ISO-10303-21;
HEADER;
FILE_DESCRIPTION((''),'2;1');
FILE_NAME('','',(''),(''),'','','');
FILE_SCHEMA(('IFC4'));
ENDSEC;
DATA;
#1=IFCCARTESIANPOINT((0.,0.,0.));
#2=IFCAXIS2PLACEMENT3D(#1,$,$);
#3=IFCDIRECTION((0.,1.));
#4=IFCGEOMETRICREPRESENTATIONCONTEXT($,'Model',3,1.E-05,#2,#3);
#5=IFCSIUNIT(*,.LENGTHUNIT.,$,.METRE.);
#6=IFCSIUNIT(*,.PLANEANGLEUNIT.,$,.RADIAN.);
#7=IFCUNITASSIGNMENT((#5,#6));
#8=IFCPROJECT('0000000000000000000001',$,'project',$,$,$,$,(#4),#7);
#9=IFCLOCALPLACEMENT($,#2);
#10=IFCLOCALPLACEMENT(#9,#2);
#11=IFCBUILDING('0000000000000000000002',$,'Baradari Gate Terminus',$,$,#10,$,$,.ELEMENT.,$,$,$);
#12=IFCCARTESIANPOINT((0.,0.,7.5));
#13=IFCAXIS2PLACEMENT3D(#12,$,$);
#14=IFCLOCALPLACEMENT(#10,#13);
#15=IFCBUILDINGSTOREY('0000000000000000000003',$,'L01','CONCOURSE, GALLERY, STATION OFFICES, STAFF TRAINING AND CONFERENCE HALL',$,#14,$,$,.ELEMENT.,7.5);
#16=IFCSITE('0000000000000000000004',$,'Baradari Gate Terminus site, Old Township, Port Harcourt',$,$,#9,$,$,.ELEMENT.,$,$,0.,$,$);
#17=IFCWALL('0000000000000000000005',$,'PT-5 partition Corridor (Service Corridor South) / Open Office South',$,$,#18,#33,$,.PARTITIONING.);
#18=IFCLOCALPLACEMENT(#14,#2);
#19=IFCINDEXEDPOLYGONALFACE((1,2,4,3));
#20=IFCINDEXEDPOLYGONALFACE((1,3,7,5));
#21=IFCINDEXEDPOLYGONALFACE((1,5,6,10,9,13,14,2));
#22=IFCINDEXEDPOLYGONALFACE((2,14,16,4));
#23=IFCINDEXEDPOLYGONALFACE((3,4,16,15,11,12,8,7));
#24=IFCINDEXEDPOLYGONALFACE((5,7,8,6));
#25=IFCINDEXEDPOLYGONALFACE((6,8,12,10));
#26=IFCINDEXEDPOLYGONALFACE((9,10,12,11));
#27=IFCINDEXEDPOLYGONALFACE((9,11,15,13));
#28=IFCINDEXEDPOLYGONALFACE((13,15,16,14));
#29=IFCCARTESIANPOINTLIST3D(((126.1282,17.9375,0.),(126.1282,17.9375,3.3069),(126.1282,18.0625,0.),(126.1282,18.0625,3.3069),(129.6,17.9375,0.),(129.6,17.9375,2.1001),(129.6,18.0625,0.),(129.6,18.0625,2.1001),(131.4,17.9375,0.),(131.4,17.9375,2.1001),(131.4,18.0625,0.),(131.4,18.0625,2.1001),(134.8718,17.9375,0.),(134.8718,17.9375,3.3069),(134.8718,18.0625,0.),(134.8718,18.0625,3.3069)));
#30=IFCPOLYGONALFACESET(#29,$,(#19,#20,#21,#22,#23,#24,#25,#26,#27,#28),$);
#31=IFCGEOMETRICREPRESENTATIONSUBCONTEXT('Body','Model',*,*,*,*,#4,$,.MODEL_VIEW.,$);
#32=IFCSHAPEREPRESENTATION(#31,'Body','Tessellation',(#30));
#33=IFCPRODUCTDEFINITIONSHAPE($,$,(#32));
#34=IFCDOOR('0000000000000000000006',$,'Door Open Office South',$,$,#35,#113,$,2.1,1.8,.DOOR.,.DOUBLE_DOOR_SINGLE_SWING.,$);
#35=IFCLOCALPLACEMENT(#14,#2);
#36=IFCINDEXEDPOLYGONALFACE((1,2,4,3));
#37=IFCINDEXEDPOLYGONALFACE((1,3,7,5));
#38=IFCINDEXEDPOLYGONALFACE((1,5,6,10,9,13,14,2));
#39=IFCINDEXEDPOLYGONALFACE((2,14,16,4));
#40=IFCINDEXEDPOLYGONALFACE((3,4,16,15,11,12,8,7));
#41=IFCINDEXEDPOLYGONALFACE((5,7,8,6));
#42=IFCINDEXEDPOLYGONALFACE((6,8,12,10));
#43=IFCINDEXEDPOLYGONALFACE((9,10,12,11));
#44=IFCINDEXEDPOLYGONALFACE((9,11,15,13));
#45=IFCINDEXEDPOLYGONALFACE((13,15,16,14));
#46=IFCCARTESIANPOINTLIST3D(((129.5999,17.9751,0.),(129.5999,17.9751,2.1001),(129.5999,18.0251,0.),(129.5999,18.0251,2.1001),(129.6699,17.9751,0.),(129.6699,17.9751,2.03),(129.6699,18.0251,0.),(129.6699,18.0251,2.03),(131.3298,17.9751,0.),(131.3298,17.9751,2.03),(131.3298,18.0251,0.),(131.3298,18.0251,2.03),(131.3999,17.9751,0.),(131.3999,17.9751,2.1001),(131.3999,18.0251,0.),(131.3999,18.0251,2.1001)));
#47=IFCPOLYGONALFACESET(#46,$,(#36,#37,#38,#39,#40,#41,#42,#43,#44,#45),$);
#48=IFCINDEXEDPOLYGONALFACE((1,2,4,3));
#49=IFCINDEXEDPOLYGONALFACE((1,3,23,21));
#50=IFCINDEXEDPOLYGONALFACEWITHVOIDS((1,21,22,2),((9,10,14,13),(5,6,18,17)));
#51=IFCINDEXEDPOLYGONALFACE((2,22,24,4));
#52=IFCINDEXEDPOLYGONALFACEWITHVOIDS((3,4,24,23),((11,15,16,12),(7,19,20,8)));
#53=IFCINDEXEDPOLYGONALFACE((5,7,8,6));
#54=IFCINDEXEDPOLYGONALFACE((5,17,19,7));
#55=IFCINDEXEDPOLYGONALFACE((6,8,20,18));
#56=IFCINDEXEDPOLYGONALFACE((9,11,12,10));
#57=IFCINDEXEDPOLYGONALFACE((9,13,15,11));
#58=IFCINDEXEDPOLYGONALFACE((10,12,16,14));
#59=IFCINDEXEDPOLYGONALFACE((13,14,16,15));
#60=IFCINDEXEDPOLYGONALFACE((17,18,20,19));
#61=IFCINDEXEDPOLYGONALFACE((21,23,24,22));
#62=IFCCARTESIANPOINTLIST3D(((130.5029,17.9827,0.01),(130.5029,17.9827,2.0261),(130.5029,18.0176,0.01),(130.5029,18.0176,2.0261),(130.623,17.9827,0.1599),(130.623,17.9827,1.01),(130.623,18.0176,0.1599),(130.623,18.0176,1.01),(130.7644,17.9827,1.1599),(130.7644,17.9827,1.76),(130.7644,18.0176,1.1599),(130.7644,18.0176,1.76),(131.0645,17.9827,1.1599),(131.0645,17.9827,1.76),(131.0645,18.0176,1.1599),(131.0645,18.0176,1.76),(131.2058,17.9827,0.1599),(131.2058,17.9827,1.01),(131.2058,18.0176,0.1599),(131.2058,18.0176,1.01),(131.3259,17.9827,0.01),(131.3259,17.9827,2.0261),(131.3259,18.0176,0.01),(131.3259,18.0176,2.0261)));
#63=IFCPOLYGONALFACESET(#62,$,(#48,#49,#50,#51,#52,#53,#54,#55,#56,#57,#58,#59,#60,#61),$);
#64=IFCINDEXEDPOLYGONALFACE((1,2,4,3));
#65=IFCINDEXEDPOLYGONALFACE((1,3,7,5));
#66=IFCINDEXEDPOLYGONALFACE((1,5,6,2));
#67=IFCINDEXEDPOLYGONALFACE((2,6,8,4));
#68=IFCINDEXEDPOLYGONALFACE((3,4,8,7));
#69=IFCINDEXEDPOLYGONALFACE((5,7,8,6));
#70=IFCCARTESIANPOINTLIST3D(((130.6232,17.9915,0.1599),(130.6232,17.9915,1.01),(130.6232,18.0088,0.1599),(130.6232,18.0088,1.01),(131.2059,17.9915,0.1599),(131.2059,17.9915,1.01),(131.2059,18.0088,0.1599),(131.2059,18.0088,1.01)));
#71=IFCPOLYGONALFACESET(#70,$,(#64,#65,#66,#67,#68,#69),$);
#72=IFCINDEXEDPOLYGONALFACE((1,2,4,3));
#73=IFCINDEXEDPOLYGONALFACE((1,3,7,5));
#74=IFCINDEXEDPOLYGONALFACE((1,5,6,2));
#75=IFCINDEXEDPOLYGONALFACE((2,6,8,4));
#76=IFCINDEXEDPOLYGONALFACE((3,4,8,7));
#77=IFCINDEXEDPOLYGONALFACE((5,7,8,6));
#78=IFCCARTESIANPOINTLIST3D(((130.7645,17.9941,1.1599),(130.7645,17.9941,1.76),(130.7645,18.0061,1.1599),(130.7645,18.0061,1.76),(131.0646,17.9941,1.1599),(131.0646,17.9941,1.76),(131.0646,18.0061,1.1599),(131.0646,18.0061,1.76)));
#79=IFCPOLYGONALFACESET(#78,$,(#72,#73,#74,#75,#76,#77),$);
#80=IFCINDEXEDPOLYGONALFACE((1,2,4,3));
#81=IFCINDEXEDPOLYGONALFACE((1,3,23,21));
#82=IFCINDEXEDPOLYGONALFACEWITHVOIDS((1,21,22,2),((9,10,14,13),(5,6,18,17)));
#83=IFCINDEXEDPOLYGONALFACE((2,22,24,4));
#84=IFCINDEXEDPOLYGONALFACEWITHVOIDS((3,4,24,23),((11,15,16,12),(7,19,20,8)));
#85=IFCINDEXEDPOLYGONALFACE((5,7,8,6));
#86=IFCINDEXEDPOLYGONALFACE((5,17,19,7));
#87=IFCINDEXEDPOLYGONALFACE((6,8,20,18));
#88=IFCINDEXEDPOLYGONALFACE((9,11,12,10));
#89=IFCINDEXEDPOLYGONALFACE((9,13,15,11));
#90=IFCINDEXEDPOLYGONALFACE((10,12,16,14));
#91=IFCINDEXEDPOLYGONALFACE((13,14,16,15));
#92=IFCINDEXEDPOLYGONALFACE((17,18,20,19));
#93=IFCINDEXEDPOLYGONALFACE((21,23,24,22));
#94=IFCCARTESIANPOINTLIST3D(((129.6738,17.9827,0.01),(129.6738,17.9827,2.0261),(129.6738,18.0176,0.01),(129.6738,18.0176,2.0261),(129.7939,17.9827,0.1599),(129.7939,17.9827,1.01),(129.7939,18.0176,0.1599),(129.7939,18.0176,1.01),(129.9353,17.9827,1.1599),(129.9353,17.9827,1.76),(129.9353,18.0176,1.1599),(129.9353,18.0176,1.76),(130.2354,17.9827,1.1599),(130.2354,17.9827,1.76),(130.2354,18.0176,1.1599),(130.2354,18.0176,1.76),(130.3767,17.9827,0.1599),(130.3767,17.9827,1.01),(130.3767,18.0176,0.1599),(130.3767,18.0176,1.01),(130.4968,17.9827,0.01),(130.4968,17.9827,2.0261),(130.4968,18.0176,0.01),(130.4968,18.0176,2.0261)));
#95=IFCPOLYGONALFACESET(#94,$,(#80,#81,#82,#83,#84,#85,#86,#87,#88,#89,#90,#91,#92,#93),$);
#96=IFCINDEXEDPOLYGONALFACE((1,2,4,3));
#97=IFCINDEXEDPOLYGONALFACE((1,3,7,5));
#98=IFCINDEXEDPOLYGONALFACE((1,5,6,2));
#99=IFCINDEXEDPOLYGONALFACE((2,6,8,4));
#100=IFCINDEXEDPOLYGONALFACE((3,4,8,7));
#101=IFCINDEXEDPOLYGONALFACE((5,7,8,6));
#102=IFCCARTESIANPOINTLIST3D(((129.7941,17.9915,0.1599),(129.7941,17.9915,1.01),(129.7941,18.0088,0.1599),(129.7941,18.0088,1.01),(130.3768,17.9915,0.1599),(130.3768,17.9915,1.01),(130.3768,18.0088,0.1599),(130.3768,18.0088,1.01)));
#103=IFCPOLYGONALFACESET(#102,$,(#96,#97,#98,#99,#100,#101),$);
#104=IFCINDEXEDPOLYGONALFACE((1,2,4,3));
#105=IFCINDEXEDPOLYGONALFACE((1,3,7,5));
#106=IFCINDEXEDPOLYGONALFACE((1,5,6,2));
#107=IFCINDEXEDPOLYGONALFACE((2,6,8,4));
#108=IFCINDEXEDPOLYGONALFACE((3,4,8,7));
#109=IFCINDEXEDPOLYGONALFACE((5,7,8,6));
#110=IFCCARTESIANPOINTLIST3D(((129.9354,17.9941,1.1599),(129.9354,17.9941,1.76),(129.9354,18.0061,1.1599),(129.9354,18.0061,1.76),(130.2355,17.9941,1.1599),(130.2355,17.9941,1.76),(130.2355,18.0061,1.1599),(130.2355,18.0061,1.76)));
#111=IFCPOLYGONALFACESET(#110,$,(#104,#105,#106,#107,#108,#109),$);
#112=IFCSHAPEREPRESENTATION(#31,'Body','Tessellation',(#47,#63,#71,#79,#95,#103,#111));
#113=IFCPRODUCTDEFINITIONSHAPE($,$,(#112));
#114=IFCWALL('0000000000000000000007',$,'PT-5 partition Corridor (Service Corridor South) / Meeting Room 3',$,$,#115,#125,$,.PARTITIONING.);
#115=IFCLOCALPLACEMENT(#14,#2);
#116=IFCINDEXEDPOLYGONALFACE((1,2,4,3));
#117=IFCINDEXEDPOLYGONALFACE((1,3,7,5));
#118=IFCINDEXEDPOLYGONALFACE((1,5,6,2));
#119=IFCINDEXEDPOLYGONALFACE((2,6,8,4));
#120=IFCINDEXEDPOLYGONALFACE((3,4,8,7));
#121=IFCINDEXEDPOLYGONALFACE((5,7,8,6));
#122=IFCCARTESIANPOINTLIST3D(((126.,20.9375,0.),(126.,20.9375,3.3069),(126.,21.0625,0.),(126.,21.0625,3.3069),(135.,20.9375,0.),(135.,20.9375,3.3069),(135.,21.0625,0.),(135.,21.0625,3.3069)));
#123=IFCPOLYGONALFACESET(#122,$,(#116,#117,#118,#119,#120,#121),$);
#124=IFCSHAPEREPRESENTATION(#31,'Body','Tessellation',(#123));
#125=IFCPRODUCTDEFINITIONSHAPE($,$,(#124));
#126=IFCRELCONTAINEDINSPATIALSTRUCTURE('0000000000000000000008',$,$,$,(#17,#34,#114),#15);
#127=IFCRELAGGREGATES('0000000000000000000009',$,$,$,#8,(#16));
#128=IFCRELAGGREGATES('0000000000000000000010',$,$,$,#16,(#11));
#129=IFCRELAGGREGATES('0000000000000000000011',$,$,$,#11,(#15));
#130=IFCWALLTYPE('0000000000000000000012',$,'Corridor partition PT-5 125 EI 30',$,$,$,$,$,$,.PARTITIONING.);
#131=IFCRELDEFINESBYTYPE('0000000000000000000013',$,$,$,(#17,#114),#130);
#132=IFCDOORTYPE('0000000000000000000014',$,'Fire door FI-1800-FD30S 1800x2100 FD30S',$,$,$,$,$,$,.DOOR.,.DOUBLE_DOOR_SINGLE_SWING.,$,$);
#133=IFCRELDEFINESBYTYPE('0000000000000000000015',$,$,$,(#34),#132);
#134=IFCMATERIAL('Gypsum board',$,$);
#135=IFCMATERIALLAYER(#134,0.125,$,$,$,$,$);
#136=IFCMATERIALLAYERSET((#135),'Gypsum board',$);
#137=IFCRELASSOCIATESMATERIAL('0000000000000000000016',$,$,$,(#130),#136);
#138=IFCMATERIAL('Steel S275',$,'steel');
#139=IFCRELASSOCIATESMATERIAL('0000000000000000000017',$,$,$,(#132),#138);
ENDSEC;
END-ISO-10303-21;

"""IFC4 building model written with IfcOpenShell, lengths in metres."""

from ifc_helpers import new_model, si_unit, direction, frame, frame_2d, origin, place, context, subcontext, project, spatial, polyline, rectangle, outline, extrude, material, layer, layer_set, type_object, element, fill, save


model = new_model("IFC4")

# Units and contexts
model_context = context("Model", 3, precision=1e-05, world=origin(), true_north=direction((0.0, 1.0)))
body_context = subcontext(model_context, "Body", "Model", "MODEL_VIEW")
ifc_project = project(units=[si_unit("LENGTHUNIT", "METRE"), si_unit("PLANEANGLEUNIT", "RADIAN")], contexts=[model_context])

# Site, building, storey
site_placement = place(None, origin())
site = spatial("IfcSite", under=ifc_project, at=site_placement, Name="Baradari Gate Terminus site, Old Township, Port Harcourt", CompositionType="ELEMENT", RefElevation=0.0)
building_placement = place(site_placement, origin())
building = spatial("IfcBuilding", under=site, at=building_placement, Name="Baradari Gate Terminus", CompositionType="ELEMENT")
storey_placement = place(building_placement, frame((0.0, 0.0, 7.5)))
storey = spatial("IfcBuildingStorey", under=building, at=storey_placement, Name="L01", Description="CONCOURSE, GALLERY, STATION OFFICES, STAFF TRAINING AND CONFERENCE HALL", CompositionType="ELEMENT", Elevation=7.5)

# Wall, opening, door
ifc_material_1 = material(Name="Gypsum board")
ifc_layer_1 = layer(ifc_material_1, 0.125)
ifc_layer_set_1 = layer_set([ifc_layer_1], Name="Gypsum board")
wall_type_1 = type_object("IfcWallType", Name="Corridor partition PT-5 125 EI 30", PredefinedType="PARTITIONING", material=ifc_layer_set_1)
wall_1_placement = place(storey_placement, frame((134.8718, 18.0, 0.0), z_axis=(0.0, 0.0, 1.0), x_axis=(-1.0, 0.0, 0.0)))
wall_1 = element("IfcWall", 1, at=wall_1_placement, inside=storey, type_object=wall_type_1, Name="PT-5 partition Corridor (Service Corridor South) / Open Office South", PredefinedType="PARTITIONING", context=body_context, shape_type="SweptSolid", body=[
    extrude(rectangle(XDim=8.7437, YDim=0.125, at=frame_2d((4.3718, 0.0))), origin(), (0.0, 0.0, 1.0), 3.3069),
])
opening_1_placement = place(wall_1_placement, frame((3.4719, 0.0, 0.0)))
opening_1 = element("IfcOpeningElement", 2, at=opening_1_placement, cuts=wall_1, PredefinedType="OPENING", context=body_context, shape_type="SweptSolid", body=[
    extrude(rectangle(XDim=1.8, YDim=2.1001, at=frame_2d((0.8999, 1.05))), frame((0.0, 0.0725, 0.0), z_axis=(0.0, -1.0, 0.0), x_axis=(1.0, 0.0, 0.0)), (0.0, 0.0, 1.0), 0.145),
])
ifc_material_2 = material(Name="Steel S275", Category="steel")
door_type = type_object("IfcDoorType", Name="Fire door FI-1800-FD30S 1800x2100 FD30S", OperationType="DOUBLE_DOOR_SINGLE_SWING", PredefinedType="DOOR", material=ifc_material_2)
door_placement = place(opening_1_placement, origin())
door = element("IfcDoor", 3, at=door_placement, inside=storey, type_object=door_type, Name="Door Open Office South", OperationType="DOUBLE_DOOR_SINGLE_SWING", OverallHeight=2.1, OverallWidth=1.8, PredefinedType="DOOR", context=body_context, shape_type="SweptSolid", body=[
    extrude(outline(polyline([(0.0, 0.0), (0.0701, 0.0), (0.0701, 2.03), (1.73, 2.03), (1.73, 0.0), (1.8, 0.0), (1.8, 2.1001), (0.0, 2.1001), (0.0, 0.0)])), frame((0.0, 0.0249, 0.0), z_axis=(0.0, -1.0, 0.0), x_axis=(1.0, 0.0, 0.0)), (0.0, 0.0, 1.0), 0.05),
    extrude(outline(polyline([(0.074, 0.01), (0.897, 0.01), (0.897, 2.0261), (0.074, 2.0261), (0.074, 0.01)]), holes=[polyline([(0.1941, 0.1599), (0.7769, 0.1599), (0.7769, 1.01), (0.1941, 1.01), (0.1941, 0.1599)]), polyline([(0.3354, 1.1599), (0.6355, 1.1599), (0.6355, 1.76), (0.3354, 1.76), (0.3354, 1.1599)])]), frame((0.0, 0.0173, 0.0), z_axis=(0.0, -1.0, 0.0), x_axis=(1.0, 0.0, 0.0)), (0.0, 0.0, 1.0), 0.0349),
    extrude(rectangle(XDim=0.5828, YDim=0.8501, at=frame_2d((0.4854, 0.585))), frame((0.0, 0.0085, 0.0), z_axis=(0.0, -1.0, 0.0), x_axis=(1.0, 0.0, 0.0)), (0.0, 0.0, 1.0), 0.0173),
    extrude(rectangle(XDim=0.3, YDim=0.6001, at=frame_2d((0.4854, 1.46))), frame((0.0, 0.0059, 0.0), z_axis=(0.0, -1.0, 0.0), x_axis=(1.0, 0.0, 0.0)), (0.0, 0.0, 1.0), 0.012),
    extrude(outline(polyline([(0.9031, 0.01), (1.7261, 0.01), (1.7261, 2.0261), (0.9031, 2.0261), (0.9031, 0.01)]), holes=[polyline([(1.0232, 0.1599), (1.606, 0.1599), (1.606, 1.01), (1.0232, 1.01), (1.0232, 0.1599)]), polyline([(1.1646, 1.1599), (1.4646, 1.1599), (1.4646, 1.76), (1.1646, 1.76), (1.1646, 1.1599)])]), frame((0.0, 0.0173, 0.0), z_axis=(0.0, -1.0, 0.0), x_axis=(1.0, 0.0, 0.0)), (0.0, 0.0, 1.0), 0.0349),
    extrude(rectangle(XDim=0.5828, YDim=0.8501, at=frame_2d((1.3145, 0.585))), frame((0.0, 0.0085, 0.0), z_axis=(0.0, -1.0, 0.0), x_axis=(1.0, 0.0, 0.0)), (0.0, 0.0, 1.0), 0.0173),
    extrude(rectangle(XDim=0.3, YDim=0.6001, at=frame_2d((1.3145, 1.46))), frame((0.0, 0.0059, 0.0), z_axis=(0.0, -1.0, 0.0), x_axis=(1.0, 0.0, 0.0)), (0.0, 0.0, 1.0), 0.012),
])
fill(opening_1, door)

# Wall
wall_2_placement = place(storey_placement, frame((126.0, 21.0, 0.0), z_axis=(0.0, 0.0, 1.0), x_axis=(1.0, 0.0, 0.0)))
element("IfcWall", 4, at=wall_2_placement, inside=storey, type_object=wall_type_1, Name="PT-5 partition Corridor (Service Corridor South) / Meeting Room 3", PredefinedType="PARTITIONING", context=body_context, shape_type="SweptSolid", body=[
    extrude(rectangle(XDim=9.0, YDim=0.125, at=frame_2d((4.5, 0.0))), origin(), (0.0, 0.0, 1.0), 3.3069),
])

save(model, "model.ifc")
